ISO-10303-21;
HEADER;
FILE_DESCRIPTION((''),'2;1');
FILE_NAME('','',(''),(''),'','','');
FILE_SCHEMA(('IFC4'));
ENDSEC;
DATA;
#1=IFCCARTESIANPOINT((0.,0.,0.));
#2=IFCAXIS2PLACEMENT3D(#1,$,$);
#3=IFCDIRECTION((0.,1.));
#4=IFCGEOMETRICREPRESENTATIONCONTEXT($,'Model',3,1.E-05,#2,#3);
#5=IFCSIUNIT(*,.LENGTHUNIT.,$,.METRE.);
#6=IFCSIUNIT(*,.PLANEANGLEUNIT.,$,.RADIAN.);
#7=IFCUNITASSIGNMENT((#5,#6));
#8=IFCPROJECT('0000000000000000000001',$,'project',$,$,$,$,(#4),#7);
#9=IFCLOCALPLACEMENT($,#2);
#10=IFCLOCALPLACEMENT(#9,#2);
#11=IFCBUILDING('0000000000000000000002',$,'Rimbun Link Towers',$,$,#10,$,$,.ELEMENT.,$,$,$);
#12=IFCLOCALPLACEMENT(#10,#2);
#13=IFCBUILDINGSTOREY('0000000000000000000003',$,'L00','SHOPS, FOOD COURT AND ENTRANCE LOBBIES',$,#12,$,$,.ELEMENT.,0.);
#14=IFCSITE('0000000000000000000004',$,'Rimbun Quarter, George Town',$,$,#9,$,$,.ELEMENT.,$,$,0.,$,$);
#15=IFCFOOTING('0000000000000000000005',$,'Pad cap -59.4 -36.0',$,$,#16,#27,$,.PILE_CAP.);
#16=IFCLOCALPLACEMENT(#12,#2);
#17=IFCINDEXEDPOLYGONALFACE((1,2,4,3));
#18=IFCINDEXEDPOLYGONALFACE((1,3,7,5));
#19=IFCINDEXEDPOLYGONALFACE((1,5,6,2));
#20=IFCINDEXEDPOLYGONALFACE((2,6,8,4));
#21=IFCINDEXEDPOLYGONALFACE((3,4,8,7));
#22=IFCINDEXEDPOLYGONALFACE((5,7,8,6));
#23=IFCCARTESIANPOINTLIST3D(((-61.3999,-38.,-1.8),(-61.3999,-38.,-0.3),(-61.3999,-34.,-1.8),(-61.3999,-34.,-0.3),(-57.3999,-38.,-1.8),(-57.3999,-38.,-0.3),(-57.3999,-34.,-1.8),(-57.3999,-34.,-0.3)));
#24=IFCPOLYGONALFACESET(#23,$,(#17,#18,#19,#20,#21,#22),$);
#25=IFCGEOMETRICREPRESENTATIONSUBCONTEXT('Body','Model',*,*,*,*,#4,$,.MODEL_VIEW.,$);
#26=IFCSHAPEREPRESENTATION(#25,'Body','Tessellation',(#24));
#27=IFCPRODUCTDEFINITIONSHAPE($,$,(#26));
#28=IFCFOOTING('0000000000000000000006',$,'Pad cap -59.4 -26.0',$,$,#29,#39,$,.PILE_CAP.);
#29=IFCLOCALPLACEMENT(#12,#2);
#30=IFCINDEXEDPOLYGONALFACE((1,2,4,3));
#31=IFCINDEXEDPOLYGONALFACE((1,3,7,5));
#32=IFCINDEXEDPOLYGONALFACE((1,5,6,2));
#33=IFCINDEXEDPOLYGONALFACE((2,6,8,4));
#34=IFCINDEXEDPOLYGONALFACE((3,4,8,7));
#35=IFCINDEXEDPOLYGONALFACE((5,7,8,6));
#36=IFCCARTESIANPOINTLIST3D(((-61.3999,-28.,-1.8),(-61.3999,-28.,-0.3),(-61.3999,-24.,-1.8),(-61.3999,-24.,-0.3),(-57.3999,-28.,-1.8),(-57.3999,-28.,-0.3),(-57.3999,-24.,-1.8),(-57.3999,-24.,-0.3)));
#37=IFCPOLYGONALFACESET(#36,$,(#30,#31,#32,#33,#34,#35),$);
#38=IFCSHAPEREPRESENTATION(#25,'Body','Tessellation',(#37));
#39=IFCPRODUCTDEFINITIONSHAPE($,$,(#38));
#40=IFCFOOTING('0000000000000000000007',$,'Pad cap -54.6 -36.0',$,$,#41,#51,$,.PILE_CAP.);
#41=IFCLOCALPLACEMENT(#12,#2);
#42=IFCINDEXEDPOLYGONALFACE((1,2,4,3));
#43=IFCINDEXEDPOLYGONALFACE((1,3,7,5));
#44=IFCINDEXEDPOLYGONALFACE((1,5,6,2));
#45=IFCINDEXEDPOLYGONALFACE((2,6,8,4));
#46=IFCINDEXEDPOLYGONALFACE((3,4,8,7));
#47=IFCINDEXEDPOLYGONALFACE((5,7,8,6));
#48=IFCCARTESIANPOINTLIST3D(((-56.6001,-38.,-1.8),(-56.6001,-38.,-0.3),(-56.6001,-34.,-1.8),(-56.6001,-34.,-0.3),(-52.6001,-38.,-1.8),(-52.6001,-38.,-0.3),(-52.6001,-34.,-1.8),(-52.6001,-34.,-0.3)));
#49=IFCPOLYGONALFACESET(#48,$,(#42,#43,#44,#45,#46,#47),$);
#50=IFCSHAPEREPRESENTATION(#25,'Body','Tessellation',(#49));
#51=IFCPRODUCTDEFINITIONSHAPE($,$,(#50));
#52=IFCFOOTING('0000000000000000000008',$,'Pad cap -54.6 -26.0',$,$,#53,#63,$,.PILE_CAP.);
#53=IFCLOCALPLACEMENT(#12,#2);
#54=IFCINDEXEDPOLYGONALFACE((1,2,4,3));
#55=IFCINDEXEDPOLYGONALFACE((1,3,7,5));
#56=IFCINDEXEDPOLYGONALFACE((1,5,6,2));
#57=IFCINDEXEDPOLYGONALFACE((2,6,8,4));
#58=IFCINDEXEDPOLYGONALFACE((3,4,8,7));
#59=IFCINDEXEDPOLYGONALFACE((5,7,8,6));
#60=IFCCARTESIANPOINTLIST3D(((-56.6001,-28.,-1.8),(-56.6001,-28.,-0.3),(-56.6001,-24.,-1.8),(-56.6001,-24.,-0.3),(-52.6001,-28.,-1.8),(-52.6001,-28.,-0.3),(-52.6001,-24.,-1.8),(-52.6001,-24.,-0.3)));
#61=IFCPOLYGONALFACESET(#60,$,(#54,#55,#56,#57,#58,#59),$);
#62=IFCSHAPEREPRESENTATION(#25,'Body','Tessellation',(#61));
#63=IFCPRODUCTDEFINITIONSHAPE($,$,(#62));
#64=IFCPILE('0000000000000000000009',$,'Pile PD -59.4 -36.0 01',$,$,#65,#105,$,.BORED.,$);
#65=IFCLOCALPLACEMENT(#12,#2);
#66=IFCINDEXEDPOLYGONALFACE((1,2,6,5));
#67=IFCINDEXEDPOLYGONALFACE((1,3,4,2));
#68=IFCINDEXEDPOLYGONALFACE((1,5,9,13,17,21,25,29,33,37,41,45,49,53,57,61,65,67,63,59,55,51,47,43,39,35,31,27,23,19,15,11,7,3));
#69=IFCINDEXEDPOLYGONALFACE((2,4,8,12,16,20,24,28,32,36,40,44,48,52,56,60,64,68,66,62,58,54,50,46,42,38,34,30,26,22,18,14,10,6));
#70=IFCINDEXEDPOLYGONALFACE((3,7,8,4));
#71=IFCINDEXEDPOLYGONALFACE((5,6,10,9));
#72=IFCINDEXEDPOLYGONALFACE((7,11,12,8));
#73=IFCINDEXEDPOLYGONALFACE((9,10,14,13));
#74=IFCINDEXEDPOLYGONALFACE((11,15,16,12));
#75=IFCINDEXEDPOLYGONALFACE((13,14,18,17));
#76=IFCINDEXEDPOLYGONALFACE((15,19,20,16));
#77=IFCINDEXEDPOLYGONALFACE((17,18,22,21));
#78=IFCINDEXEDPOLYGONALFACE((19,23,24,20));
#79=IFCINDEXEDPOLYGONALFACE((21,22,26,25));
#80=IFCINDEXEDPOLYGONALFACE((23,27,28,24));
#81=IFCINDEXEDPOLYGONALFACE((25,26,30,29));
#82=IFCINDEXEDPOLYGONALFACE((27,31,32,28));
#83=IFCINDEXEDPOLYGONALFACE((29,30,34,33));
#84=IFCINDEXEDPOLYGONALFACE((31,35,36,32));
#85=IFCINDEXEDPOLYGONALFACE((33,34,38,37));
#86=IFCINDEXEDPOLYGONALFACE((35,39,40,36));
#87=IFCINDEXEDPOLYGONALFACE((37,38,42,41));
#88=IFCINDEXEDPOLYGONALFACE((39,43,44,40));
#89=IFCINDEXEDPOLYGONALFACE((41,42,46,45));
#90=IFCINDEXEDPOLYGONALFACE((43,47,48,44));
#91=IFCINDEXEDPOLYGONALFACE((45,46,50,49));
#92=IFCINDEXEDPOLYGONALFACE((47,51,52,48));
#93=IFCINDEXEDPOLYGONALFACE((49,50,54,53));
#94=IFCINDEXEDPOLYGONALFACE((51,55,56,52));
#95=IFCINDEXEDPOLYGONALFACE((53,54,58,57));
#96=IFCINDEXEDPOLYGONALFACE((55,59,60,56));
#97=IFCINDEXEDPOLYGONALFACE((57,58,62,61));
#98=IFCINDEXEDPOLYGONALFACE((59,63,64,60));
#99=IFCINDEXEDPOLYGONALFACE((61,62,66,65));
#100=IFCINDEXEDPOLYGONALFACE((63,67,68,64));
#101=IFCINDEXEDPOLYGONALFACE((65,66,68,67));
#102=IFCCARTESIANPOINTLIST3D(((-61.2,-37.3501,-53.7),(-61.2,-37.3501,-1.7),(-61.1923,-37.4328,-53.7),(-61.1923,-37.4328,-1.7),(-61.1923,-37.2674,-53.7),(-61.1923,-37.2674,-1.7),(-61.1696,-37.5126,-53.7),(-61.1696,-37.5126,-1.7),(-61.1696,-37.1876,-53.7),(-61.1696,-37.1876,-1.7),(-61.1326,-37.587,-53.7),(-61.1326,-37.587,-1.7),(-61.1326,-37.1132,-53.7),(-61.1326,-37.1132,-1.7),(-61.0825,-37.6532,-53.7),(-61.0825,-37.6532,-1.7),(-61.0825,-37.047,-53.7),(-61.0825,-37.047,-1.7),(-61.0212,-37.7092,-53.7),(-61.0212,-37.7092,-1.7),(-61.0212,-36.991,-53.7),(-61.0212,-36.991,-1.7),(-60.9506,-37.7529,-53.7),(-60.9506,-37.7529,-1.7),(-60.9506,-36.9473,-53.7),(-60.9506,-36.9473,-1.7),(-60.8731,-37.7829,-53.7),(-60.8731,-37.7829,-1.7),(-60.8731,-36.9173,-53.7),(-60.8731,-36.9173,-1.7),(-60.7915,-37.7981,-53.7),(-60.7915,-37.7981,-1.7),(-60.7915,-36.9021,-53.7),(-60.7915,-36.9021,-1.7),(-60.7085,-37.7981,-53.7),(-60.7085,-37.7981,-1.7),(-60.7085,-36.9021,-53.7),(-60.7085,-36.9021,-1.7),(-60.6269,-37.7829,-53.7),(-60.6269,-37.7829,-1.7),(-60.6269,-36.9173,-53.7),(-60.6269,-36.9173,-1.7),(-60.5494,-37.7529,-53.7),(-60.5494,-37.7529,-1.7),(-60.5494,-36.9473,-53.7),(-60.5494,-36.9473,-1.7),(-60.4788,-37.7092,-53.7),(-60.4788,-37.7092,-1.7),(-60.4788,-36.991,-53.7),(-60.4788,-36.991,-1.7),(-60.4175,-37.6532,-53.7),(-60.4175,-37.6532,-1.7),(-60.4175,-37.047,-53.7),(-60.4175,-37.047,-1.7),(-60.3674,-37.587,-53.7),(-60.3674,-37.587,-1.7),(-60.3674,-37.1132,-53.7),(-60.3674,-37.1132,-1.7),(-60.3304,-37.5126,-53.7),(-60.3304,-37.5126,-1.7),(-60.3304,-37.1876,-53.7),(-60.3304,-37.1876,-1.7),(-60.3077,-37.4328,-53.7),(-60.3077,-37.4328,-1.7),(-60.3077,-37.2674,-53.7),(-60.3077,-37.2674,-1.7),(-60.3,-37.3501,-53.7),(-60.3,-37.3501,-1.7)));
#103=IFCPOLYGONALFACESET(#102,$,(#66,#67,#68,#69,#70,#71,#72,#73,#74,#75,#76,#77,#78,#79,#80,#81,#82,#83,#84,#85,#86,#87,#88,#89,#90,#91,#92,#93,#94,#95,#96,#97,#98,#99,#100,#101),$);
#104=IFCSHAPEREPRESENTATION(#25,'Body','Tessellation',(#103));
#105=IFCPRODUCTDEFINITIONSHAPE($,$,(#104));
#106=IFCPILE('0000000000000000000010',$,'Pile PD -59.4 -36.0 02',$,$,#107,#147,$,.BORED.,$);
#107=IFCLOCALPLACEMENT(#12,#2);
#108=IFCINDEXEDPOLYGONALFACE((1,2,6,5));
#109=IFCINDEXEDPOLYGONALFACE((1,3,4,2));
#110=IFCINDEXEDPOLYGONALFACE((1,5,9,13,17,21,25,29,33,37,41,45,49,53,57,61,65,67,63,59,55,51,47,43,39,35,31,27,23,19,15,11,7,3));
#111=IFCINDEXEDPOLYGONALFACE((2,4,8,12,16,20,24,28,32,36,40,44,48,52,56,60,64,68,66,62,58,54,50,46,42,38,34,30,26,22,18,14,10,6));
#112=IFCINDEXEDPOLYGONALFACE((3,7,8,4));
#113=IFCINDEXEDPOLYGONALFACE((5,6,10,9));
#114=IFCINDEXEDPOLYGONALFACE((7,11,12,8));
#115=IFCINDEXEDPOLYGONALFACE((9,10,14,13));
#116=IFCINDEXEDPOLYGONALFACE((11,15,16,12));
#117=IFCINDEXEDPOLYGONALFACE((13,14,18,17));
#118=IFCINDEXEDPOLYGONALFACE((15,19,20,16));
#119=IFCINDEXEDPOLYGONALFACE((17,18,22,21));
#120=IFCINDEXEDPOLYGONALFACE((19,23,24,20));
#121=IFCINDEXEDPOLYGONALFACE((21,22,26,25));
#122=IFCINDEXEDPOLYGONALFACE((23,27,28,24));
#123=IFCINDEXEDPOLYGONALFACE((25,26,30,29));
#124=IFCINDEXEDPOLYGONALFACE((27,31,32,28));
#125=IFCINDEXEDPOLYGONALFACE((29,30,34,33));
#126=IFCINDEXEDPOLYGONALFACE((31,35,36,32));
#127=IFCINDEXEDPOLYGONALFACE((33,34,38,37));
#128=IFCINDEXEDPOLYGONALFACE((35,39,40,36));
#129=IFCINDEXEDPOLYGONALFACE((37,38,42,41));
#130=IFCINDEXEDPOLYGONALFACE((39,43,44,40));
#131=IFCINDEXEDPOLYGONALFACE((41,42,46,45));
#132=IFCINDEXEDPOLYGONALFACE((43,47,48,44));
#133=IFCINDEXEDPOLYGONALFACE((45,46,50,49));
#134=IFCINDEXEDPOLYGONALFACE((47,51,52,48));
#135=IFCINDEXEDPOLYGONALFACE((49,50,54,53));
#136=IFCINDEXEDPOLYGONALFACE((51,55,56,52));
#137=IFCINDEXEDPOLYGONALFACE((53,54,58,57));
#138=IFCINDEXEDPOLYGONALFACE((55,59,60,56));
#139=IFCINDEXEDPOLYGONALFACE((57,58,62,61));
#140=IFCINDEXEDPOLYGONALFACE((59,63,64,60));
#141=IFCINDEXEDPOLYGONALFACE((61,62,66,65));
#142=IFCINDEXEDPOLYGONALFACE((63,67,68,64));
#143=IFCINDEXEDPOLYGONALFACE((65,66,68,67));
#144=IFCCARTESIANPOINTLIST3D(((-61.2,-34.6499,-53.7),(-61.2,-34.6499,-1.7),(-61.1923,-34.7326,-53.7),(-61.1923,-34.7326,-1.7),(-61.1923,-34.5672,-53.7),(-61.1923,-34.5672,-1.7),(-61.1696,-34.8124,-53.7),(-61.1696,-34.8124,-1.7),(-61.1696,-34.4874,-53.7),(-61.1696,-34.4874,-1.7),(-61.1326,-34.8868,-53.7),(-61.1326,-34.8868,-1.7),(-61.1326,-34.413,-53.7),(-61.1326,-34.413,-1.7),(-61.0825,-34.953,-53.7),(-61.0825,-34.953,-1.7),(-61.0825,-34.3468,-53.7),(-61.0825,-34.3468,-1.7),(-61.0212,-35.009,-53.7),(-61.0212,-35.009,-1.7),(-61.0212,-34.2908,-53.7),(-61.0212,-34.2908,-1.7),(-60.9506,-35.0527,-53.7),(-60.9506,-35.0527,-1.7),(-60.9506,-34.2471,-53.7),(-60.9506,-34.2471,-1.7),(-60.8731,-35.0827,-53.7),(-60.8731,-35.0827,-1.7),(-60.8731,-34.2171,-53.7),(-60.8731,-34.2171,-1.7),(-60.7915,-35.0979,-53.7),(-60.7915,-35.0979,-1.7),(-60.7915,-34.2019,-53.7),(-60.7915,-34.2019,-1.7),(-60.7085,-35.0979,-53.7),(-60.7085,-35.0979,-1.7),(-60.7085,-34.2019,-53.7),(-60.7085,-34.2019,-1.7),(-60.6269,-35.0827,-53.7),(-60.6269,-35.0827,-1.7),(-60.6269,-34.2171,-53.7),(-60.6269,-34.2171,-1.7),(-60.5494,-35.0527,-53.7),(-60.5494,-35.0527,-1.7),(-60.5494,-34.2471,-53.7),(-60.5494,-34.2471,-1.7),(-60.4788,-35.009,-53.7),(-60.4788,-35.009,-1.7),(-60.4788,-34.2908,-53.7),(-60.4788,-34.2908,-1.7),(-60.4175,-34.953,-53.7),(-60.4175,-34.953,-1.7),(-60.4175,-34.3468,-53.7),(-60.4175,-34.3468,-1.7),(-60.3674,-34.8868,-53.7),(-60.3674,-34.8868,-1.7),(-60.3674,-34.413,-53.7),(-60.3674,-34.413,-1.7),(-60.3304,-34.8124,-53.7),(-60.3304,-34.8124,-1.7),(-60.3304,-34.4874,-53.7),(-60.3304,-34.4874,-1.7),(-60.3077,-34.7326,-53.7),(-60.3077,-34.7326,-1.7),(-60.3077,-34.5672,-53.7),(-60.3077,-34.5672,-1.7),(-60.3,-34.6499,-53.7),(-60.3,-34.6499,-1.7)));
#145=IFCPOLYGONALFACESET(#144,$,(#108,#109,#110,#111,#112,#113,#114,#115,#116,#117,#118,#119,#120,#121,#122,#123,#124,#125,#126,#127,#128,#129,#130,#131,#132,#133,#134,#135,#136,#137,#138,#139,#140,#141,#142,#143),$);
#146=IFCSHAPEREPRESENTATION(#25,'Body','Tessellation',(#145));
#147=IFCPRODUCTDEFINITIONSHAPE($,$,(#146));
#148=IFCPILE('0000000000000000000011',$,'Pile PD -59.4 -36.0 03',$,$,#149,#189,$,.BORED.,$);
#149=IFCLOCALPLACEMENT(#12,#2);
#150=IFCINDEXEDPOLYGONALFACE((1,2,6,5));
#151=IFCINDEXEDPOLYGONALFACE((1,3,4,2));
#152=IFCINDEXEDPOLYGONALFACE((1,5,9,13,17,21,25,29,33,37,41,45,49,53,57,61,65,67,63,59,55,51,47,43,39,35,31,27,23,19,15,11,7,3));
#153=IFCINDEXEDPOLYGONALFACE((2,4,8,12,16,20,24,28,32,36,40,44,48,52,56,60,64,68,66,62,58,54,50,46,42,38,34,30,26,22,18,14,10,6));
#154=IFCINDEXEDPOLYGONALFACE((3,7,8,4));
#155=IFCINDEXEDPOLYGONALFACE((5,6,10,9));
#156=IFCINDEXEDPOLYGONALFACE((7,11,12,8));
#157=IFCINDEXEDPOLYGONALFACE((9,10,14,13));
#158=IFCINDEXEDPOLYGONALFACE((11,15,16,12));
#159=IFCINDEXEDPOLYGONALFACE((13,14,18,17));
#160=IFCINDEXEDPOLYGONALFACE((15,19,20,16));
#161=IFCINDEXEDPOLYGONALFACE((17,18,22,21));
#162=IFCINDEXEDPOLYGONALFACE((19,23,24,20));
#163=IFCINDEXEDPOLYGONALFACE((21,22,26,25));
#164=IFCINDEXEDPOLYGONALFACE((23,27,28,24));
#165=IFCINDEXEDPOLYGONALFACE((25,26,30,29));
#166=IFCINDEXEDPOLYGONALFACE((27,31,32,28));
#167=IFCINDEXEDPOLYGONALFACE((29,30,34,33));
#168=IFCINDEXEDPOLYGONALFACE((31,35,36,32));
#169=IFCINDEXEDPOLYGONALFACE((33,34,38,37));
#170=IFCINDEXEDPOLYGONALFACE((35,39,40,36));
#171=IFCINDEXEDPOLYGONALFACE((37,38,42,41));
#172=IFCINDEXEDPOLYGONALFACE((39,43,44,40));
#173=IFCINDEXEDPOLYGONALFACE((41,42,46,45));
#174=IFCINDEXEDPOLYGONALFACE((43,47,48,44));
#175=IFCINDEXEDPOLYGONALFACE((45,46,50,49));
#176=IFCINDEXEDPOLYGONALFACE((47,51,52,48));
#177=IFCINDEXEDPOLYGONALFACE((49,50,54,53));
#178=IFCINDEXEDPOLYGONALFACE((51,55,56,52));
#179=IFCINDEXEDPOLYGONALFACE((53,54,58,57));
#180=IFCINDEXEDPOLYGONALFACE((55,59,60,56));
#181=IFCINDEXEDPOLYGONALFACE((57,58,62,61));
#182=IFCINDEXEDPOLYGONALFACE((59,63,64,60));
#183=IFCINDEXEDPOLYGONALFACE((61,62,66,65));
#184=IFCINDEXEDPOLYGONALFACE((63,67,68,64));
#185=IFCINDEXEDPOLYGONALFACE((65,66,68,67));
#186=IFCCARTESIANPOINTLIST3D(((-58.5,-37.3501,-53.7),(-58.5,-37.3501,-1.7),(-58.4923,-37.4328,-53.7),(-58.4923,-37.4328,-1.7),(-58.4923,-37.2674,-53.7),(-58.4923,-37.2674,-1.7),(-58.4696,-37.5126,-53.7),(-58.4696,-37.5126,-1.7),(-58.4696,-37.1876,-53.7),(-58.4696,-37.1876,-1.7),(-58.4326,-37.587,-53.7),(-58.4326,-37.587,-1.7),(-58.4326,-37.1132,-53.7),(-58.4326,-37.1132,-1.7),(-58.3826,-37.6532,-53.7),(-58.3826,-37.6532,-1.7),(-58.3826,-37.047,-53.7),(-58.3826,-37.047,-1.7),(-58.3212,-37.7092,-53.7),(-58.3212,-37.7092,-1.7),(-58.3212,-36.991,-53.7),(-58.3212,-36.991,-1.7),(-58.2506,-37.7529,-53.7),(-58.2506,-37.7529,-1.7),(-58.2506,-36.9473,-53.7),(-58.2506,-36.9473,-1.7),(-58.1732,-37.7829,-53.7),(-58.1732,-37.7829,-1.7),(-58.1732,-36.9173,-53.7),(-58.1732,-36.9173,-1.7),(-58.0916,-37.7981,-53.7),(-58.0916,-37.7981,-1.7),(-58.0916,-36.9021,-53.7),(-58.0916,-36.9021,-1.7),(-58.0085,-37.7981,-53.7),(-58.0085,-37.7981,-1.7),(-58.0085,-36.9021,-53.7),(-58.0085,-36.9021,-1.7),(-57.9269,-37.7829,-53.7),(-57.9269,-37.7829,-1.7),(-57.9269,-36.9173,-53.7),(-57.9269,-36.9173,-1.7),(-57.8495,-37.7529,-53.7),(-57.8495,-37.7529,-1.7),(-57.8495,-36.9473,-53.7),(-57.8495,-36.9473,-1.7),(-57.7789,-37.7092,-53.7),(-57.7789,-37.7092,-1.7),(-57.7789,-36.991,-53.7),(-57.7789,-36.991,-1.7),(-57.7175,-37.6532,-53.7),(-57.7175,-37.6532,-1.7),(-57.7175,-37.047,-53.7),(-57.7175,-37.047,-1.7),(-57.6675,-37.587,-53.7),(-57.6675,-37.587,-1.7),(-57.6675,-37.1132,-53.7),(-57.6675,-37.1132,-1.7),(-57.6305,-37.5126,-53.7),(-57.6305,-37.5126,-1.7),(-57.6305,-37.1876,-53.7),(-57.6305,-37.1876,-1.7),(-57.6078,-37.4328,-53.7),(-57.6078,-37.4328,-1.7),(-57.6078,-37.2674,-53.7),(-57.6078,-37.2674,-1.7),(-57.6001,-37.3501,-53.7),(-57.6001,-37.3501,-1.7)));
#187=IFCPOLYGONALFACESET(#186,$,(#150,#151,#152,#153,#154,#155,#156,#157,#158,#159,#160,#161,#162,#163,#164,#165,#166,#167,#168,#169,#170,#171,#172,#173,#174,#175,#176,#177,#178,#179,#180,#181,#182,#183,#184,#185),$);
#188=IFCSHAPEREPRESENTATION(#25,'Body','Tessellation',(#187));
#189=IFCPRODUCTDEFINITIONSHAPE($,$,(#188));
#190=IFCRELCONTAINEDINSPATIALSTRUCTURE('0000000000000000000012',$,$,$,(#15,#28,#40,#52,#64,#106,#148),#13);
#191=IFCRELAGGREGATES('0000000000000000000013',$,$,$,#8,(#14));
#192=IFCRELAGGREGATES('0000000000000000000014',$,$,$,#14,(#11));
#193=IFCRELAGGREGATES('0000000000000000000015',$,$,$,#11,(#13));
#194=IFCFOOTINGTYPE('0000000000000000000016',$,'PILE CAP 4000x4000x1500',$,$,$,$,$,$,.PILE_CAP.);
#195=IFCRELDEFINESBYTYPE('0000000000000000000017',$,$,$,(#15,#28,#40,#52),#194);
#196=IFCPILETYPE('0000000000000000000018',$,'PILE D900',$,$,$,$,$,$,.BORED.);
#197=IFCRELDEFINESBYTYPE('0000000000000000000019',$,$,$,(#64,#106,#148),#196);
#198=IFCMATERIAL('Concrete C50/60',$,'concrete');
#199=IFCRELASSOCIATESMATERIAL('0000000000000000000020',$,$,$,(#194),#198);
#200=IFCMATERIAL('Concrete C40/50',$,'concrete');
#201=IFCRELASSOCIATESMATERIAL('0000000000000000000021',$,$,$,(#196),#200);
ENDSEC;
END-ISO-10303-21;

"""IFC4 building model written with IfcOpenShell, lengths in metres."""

from ifc_helpers import new_model, si_unit, direction, frame, origin, origin_2d, place, context, subcontext, project, spatial, rectangle, circle, extrude, material, material_profile, profile_set, type_object, element, save


model = new_model("IFC4")

# Units and contexts
model_context = context("Model", 3, precision=1e-05, world=origin(), true_north=direction((0.0, 1.0)))
body_context = subcontext(model_context, "Body", "Model", "MODEL_VIEW")
ifc_project = project(units=[si_unit("LENGTHUNIT", "METRE"), si_unit("PLANEANGLEUNIT", "RADIAN")], contexts=[model_context])

# Site, building, storey
site_placement = place(None, origin())
site = spatial("IfcSite", under=ifc_project, at=site_placement, Name="Rimbun Quarter, George Town", CompositionType="ELEMENT", RefElevation=0.0)
building_placement = place(site_placement, origin())
building = spatial("IfcBuilding", under=site, at=building_placement, Name="Rimbun Link Towers", CompositionType="ELEMENT")
storey_placement = place(building_placement, origin())
storey = spatial("IfcBuildingStorey", under=building, at=storey_placement, Name="L00", Description="SHOPS, FOOD COURT AND ENTRANCE LOBBIES", CompositionType="ELEMENT", Elevation=0.0)

# Footings
ifc_material_1 = material(Name="Concrete C50/60", Category="concrete")
footing_type = type_object("IfcFootingType", Name="PILE CAP 4000x4000x1500", PredefinedType="PILE_CAP", material=ifc_material_1)
for number, where, z_axis, x_axis, name in (
    (1, (-59.3999, -36.0, -1.8), (0.0, 0.0, 1.0), (1.0, 0.0, 0.0), "Pad cap -59.4 -36.0"),
    (2, (-59.3999, -26.0, -1.8), (0.0, 0.0, 1.0), (1.0, 0.0, 0.0), "Pad cap -59.4 -26.0"),
    (3, (-54.6001, -36.0, -1.8), (0.0, 0.0, 1.0), (1.0, 0.0, 0.0), "Pad cap -54.6 -36.0"),
    (4, (-54.6001, -26.0, -1.8), (0.0, 0.0, 1.0), (1.0, 0.0, 0.0), "Pad cap -54.6 -26.0"),
):
    element("IfcFooting", number, at=place(storey_placement, frame(where, z_axis=z_axis, x_axis=x_axis)), inside=storey, type_object=footing_type, Name=name, PredefinedType="PILE_CAP", context=body_context, shape_type="SweptSolid", body=[
        extrude(rectangle(XDim=4.0, YDim=4.0, at=origin_2d()), origin(), (0.0, 0.0, 1.0), 1.5),
    ])

# Piles
ifc_material_2 = material(Name="Concrete C40/50", Category="concrete")
ifc_material_profile_1 = material_profile(ifc_material_2, circle(Radius=0.45, at=origin_2d()), Name="PILE D900")
ifc_profile_set_1 = profile_set([ifc_material_profile_1], Name="Concrete C40/50")
pile_type = type_object("IfcPileType", Name="PILE D900", PredefinedType="BORED", material=ifc_profile_set_1)
for number, where, z_axis, x_axis, name in (
    (5, (-60.75, -37.3501, -1.7), (0.0, 0.0, -1.0), (1.0, 0.0, 0.0), "Pile PD -59.4 -36.0 01"),
    (6, (-60.75, -34.6499, -1.7), (0.0, 0.0, -1.0), (1.0, 0.0, 0.0), "Pile PD -59.4 -36.0 02"),
    (7, (-58.05, -37.3501, -1.7), (0.0, 0.0, -1.0), (1.0, 0.0, 0.0), "Pile PD -59.4 -36.0 03"),
):
    element("IfcPile", number, at=place(storey_placement, frame(where, z_axis=z_axis, x_axis=x_axis)), inside=storey, type_object=pile_type, Name=name, PredefinedType="BORED", context=body_context, shape_type="SweptSolid", body=[
        extrude(circle(Radius=0.45, at=origin_2d()), origin(), (0.0, 0.0, 1.0), 52.0),
    ])

save(model, "model.ifc")
